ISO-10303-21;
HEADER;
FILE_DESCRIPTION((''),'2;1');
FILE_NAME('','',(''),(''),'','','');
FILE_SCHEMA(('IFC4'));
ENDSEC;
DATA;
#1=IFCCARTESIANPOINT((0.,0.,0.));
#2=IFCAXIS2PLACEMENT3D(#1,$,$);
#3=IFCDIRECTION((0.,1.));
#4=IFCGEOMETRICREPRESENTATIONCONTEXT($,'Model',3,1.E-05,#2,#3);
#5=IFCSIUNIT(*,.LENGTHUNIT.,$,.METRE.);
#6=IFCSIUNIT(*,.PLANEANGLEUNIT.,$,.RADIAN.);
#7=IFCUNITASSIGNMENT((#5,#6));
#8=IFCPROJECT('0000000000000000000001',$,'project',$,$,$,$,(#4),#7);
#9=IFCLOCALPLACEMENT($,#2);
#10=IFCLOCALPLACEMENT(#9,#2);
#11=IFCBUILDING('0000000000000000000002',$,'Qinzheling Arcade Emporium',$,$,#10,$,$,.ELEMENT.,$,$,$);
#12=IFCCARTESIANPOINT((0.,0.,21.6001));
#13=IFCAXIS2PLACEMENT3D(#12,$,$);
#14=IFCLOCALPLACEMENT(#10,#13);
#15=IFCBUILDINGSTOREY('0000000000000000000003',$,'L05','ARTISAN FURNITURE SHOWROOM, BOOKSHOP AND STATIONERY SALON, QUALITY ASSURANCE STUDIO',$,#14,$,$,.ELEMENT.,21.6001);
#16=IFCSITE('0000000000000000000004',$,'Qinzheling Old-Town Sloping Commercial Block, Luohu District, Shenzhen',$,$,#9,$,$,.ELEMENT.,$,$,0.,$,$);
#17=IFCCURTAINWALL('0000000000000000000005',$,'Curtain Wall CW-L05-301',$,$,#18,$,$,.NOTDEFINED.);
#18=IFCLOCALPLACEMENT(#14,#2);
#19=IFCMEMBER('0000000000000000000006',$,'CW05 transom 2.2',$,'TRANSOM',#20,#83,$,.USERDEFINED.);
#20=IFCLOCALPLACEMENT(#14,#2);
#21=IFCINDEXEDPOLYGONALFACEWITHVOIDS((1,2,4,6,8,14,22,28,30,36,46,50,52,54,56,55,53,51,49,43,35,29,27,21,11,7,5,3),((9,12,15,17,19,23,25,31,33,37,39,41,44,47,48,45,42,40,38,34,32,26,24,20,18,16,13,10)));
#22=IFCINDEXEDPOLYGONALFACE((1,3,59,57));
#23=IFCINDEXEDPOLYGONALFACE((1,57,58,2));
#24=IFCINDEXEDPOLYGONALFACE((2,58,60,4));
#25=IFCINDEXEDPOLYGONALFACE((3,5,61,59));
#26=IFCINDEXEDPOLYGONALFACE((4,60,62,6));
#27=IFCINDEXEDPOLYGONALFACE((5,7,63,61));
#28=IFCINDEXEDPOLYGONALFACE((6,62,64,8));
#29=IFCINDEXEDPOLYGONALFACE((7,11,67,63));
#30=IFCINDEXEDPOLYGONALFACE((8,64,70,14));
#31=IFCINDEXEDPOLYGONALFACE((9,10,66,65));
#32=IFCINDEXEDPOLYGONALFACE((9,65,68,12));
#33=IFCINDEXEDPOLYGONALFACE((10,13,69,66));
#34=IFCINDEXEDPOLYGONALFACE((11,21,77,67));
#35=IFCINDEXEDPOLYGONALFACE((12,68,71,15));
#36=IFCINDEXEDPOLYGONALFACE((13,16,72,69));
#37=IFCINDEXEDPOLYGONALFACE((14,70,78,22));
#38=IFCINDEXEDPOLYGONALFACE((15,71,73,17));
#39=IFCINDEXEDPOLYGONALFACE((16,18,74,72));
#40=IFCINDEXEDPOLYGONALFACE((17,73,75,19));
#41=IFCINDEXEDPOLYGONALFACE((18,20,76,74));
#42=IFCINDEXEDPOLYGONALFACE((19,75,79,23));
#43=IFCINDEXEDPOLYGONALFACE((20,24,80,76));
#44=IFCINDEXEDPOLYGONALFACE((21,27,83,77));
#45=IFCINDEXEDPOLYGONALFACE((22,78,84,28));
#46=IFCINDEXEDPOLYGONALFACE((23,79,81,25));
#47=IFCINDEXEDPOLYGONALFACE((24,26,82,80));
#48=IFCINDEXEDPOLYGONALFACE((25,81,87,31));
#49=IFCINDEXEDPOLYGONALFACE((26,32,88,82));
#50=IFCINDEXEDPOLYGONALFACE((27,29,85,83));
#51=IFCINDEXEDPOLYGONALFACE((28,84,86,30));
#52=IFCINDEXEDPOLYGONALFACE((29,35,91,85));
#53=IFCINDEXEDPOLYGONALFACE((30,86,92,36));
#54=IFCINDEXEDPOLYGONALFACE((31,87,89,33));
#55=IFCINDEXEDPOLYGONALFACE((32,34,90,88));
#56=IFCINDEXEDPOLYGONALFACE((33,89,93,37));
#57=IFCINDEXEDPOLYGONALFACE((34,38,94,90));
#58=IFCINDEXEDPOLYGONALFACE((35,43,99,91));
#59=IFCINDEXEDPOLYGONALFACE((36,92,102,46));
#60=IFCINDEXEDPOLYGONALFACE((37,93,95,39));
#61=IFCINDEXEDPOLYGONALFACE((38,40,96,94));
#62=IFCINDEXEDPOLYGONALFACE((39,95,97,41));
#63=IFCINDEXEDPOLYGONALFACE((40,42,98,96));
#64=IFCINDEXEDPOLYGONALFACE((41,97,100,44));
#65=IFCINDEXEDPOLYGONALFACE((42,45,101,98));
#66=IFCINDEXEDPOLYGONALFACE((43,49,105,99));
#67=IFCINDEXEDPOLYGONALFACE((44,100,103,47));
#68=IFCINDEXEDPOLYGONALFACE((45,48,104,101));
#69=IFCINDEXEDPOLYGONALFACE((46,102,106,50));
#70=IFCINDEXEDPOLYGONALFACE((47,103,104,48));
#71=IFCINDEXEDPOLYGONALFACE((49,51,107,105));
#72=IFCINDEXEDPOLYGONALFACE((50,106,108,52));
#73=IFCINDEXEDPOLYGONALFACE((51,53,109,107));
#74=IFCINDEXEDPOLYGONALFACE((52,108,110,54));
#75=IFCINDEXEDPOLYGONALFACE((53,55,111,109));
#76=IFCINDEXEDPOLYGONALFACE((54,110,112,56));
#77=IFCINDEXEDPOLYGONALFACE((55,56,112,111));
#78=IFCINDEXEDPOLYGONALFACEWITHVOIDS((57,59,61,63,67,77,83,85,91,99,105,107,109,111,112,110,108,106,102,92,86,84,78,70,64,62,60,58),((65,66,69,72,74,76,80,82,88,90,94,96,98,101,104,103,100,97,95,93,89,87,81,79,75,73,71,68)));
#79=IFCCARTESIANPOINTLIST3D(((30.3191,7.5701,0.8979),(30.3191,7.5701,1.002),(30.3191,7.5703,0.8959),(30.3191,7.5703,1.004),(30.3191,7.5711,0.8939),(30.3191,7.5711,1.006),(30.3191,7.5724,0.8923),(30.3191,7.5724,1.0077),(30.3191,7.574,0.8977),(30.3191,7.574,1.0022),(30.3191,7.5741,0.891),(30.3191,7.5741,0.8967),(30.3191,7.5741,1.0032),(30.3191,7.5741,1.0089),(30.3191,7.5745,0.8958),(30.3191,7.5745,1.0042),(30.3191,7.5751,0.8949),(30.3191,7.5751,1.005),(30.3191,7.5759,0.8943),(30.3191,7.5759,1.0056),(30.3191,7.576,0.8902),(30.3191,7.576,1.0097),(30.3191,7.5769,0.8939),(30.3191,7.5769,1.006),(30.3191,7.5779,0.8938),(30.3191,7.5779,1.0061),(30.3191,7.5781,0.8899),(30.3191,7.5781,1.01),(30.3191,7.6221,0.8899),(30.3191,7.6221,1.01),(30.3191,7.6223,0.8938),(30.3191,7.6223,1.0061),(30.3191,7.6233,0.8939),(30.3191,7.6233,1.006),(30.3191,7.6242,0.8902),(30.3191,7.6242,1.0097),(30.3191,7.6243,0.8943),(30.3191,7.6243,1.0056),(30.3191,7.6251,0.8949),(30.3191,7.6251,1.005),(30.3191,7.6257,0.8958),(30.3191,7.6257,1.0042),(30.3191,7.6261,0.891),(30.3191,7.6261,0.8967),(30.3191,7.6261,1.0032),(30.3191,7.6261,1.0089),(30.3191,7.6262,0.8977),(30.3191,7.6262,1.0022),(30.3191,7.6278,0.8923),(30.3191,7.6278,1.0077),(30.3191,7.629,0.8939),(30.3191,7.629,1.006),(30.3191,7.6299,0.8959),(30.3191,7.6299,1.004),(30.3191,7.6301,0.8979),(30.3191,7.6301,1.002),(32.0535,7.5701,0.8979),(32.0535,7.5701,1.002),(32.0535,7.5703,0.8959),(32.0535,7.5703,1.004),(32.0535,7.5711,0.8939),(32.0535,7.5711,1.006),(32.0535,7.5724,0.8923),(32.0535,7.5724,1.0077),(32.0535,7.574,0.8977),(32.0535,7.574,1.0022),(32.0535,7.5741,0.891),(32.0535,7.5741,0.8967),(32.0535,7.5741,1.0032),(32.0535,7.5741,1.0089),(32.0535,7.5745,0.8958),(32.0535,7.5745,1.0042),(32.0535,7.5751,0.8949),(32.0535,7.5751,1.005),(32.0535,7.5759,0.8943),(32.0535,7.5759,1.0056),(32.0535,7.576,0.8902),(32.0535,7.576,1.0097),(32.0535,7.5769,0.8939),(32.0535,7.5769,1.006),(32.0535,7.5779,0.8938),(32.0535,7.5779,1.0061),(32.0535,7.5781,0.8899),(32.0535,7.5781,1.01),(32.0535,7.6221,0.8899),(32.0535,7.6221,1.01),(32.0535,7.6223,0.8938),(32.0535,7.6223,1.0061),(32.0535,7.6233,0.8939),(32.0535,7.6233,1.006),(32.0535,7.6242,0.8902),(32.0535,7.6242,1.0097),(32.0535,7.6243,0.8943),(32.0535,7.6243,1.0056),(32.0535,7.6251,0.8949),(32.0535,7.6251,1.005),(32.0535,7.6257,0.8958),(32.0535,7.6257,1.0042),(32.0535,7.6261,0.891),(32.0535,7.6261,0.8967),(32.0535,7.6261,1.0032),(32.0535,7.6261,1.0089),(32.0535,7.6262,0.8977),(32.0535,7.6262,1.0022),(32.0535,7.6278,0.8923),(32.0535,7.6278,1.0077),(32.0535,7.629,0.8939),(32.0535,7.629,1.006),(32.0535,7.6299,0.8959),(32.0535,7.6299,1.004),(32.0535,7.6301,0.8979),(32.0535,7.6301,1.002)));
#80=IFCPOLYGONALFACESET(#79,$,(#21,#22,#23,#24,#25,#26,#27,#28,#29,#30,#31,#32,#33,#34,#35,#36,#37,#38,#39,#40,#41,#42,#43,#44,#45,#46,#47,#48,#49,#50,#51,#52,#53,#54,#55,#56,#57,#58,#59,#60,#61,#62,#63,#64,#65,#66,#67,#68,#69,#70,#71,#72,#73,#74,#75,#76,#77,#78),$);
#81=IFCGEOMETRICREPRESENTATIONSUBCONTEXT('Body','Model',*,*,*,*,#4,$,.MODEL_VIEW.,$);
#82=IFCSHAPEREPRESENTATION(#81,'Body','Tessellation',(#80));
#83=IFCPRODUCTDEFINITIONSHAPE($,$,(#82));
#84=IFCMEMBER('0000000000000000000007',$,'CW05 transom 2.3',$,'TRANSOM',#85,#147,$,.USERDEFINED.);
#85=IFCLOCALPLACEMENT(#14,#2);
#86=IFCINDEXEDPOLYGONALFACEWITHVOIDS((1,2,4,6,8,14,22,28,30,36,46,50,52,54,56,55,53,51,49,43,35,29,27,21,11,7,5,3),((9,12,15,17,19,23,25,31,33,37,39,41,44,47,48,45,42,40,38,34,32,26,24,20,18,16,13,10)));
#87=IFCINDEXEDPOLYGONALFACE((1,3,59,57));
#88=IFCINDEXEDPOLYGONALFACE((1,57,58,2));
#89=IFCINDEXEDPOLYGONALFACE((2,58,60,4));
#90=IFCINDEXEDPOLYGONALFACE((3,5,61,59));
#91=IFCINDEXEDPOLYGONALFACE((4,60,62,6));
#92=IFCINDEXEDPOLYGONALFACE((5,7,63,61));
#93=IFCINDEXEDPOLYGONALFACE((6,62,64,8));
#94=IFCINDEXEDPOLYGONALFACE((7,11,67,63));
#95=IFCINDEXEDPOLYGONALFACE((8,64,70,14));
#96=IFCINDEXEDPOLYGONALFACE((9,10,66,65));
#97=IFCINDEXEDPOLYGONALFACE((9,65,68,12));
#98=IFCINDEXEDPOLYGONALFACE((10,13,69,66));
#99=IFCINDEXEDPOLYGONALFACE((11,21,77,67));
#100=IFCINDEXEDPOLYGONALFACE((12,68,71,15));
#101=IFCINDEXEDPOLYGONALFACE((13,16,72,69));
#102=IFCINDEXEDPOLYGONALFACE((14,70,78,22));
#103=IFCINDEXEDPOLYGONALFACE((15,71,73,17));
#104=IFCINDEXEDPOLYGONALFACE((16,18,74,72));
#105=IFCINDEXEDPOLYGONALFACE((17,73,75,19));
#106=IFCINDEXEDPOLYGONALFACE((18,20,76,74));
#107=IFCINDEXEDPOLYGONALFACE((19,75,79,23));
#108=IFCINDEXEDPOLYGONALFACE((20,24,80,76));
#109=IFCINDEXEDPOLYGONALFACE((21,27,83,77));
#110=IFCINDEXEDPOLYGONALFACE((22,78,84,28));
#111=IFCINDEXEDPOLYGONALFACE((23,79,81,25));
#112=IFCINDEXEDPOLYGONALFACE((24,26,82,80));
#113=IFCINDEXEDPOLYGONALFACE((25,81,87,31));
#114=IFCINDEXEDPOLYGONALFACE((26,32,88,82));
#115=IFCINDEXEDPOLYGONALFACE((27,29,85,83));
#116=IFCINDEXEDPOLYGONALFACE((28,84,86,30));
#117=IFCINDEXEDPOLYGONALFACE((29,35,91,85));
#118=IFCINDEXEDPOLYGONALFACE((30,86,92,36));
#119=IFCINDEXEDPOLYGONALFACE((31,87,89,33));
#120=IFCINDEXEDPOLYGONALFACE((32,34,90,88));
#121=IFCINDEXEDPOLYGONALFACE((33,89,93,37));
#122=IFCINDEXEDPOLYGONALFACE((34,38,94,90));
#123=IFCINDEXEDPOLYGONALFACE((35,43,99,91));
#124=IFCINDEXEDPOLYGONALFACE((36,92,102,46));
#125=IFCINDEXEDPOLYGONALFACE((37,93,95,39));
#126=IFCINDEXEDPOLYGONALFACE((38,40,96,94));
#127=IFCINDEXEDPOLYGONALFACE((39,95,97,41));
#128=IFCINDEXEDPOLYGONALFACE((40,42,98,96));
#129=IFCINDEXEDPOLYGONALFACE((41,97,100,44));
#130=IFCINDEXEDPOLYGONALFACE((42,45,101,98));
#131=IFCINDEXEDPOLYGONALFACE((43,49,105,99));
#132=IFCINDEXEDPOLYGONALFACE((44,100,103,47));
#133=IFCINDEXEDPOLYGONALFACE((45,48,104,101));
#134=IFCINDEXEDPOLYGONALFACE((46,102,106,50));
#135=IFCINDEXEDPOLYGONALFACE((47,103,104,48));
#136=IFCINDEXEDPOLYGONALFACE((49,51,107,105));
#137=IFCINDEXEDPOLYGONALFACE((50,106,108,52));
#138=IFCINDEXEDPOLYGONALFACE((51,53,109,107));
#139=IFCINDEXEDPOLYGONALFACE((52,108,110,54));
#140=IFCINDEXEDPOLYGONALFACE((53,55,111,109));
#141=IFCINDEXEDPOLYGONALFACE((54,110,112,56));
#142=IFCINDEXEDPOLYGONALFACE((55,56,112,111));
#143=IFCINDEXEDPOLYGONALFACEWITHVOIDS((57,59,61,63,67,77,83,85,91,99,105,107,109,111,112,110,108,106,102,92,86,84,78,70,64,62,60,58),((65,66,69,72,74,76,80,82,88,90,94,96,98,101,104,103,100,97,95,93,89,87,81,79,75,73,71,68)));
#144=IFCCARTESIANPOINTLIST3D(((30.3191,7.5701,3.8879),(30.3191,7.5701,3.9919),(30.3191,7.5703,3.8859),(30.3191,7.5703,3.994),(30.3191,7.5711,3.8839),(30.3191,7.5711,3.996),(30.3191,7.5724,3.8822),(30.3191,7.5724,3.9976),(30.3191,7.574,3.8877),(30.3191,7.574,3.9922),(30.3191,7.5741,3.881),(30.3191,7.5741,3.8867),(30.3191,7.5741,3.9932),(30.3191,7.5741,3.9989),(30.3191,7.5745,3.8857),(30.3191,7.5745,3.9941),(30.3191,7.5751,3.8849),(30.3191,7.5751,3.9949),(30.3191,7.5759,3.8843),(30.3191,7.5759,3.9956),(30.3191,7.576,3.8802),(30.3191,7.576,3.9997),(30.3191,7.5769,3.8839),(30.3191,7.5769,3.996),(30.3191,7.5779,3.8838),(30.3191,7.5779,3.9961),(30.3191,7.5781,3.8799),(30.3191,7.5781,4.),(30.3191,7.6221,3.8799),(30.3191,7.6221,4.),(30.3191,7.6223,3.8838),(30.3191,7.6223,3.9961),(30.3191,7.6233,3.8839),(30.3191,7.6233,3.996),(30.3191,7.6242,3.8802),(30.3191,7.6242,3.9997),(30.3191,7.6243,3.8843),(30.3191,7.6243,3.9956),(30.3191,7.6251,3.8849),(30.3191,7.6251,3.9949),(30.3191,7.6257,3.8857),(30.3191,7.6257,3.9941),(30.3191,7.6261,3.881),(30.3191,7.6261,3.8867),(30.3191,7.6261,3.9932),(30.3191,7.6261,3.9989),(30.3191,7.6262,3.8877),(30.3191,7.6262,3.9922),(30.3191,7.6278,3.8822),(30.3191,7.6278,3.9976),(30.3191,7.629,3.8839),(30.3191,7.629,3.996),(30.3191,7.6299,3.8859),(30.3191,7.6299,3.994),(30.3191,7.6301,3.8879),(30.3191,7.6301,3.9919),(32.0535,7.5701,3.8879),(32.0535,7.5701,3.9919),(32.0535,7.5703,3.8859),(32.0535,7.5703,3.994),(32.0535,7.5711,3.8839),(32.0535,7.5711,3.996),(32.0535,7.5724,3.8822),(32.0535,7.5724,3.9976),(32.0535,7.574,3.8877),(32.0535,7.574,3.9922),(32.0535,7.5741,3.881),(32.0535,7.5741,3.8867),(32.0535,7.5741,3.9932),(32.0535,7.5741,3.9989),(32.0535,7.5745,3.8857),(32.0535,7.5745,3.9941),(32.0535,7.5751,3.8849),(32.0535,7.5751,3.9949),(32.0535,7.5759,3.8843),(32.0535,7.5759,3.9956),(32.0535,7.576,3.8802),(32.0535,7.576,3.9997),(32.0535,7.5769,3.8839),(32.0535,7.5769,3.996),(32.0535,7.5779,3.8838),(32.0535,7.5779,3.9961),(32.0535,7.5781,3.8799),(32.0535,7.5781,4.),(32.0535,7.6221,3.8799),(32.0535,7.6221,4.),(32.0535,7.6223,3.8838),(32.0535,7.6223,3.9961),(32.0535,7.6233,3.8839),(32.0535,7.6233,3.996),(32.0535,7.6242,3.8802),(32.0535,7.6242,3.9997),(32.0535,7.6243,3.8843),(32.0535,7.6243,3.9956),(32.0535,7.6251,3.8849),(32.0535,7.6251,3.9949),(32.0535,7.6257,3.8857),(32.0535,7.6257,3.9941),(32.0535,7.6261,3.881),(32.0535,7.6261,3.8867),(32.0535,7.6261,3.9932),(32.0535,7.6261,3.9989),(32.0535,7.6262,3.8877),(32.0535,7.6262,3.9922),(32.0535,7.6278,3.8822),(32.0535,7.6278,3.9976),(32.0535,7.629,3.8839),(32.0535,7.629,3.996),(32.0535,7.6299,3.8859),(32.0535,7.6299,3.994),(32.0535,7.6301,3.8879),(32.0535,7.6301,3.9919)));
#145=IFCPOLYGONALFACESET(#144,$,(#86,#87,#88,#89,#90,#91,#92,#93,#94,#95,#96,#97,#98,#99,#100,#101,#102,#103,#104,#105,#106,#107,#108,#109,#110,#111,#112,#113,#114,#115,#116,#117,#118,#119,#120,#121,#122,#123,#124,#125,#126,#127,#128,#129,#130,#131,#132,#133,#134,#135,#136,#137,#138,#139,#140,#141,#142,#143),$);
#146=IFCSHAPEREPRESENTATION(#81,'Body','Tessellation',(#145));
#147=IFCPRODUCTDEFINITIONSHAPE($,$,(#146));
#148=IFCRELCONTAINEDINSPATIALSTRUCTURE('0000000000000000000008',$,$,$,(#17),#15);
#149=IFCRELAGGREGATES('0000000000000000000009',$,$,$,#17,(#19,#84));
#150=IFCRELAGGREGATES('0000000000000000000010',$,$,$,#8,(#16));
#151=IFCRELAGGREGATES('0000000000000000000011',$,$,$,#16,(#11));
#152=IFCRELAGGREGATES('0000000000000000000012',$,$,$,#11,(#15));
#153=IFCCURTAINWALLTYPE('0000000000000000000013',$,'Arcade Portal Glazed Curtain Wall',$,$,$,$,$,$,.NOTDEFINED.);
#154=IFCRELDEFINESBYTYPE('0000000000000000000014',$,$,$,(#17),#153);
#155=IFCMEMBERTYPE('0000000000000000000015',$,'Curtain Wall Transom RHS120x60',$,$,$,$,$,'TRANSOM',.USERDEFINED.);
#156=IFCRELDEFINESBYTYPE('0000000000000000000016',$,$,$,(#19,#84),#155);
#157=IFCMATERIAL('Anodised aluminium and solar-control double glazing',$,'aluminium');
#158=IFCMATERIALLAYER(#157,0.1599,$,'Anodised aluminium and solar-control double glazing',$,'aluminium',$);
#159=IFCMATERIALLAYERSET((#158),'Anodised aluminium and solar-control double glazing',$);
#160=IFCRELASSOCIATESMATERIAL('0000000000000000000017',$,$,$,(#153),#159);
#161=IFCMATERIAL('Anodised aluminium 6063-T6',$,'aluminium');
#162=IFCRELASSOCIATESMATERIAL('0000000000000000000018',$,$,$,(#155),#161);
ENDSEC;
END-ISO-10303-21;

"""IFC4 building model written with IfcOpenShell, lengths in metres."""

from ifc_helpers import new_model, si_unit, direction, frame, origin, origin_2d, place, context, subcontext, project, spatial, hollow_rectangle, extrude, material, layer, layer_set, material_profile, profile_set, type_object, element, aggregate, save


model = new_model("IFC4")

# Units and contexts
model_context = context("Model", 3, precision=1e-05, world=origin(), true_north=direction((0.0, 1.0)))
body_context = subcontext(model_context, "Body", "Model", "MODEL_VIEW")
ifc_project = project(units=[si_unit("LENGTHUNIT", "METRE"), si_unit("PLANEANGLEUNIT", "RADIAN")], contexts=[model_context])

# Site, building, storey
site_placement = place(None, origin())
site = spatial("IfcSite", under=ifc_project, at=site_placement, Name="Qinzheling Old-Town Sloping Commercial Block, Luohu District, Shenzhen", CompositionType="ELEMENT", RefElevation=0.0)
building_placement = place(site_placement, origin())
building = spatial("IfcBuilding", under=site, at=building_placement, Name="Qinzheling Arcade Emporium", CompositionType="ELEMENT")
storey_placement = place(building_placement, frame((0.0, 0.0, 21.6001)))
storey = spatial("IfcBuildingStorey", under=building, at=storey_placement, Name="L05", Description="ARTISAN FURNITURE SHOWROOM, BOOKSHOP AND STATIONERY SALON, QUALITY ASSURANCE STUDIO", CompositionType="ELEMENT", Elevation=21.6001)

# Shared definitions
ifc_material_1 = material(Name="Anodised aluminium and solar-control double glazing", Category="aluminium")
ifc_layer_1 = layer(ifc_material_1, 0.1599, Name="Anodised aluminium and solar-control double glazing", Category="aluminium")
ifc_layer_set_1 = layer_set([ifc_layer_1], Name="Anodised aluminium and solar-control double glazing")
curtain_wall_type = type_object("IfcCurtainWallType", Name="Arcade Portal Glazed Curtain Wall", PredefinedType="NOTDEFINED", material=ifc_layer_set_1)
ifc_material_2 = material(Name="Anodised aluminium 6063-T6", Category="aluminium")

# Curtain wall, members
curtain_wall_1_placement = place(storey_placement, origin())
curtain_wall_1 = element("IfcCurtainWall", 1, at=curtain_wall_1_placement, inside=storey, type_object=curtain_wall_type, Name="Curtain Wall CW-L05-301", PredefinedType="NOTDEFINED")
ifc_material_profile_1 = material_profile(ifc_material_2, hollow_rectangle(XDim=0.0601, YDim=0.1201, WallThickness=0.0039, InnerFilletRadius=0.0039, OuterFilletRadius=0.0081, at=origin_2d()), Name="RHS 120x60x4", Category="aluminium")
ifc_profile_set_1 = profile_set([ifc_material_profile_1], Name="Anodised aluminium 6063-T6")
member_type_1 = type_object("IfcMemberType", Name="Curtain Wall Transom RHS120x60", ElementType="TRANSOM", PredefinedType="USERDEFINED", material=ifc_profile_set_1)
member_1_placement = place(storey_placement, frame((32.0535, 7.6001, 0.95), z_axis=(-1.0, 0.0, 0.0), x_axis=(0.0, -1.0, 0.0)))
member_1 = element("IfcMember", 2, at=member_1_placement, type_object=member_type_1, Name="CW05 transom 2.2", ObjectType="TRANSOM", PredefinedType="USERDEFINED", context=body_context, shape_type="SweptSolid", body=[
    extrude(hollow_rectangle(XDim=0.0601, YDim=0.1201, WallThickness=0.0039, InnerFilletRadius=0.0039, OuterFilletRadius=0.0081, at=origin_2d()), origin(), (0.0, 0.0, 1.0), 1.7344),
])
member_2_placement = place(storey_placement, frame((32.0535, 7.6001, 3.9399), z_axis=(-1.0, 0.0, 0.0), x_axis=(0.0, -1.0, 0.0)))
member_2 = element("IfcMember", 3, at=member_2_placement, type_object=member_type_1, Name="CW05 transom 2.3", ObjectType="TRANSOM", PredefinedType="USERDEFINED", context=body_context, shape_type="SweptSolid", body=[
    extrude(hollow_rectangle(XDim=0.0601, YDim=0.1201, WallThickness=0.0039, InnerFilletRadius=0.0039, OuterFilletRadius=0.0081, at=origin_2d()), origin(), (0.0, 0.0, 1.0), 1.7344),
])

aggregate(curtain_wall_1, [member_1, member_2])

save(model, "model.ifc")
